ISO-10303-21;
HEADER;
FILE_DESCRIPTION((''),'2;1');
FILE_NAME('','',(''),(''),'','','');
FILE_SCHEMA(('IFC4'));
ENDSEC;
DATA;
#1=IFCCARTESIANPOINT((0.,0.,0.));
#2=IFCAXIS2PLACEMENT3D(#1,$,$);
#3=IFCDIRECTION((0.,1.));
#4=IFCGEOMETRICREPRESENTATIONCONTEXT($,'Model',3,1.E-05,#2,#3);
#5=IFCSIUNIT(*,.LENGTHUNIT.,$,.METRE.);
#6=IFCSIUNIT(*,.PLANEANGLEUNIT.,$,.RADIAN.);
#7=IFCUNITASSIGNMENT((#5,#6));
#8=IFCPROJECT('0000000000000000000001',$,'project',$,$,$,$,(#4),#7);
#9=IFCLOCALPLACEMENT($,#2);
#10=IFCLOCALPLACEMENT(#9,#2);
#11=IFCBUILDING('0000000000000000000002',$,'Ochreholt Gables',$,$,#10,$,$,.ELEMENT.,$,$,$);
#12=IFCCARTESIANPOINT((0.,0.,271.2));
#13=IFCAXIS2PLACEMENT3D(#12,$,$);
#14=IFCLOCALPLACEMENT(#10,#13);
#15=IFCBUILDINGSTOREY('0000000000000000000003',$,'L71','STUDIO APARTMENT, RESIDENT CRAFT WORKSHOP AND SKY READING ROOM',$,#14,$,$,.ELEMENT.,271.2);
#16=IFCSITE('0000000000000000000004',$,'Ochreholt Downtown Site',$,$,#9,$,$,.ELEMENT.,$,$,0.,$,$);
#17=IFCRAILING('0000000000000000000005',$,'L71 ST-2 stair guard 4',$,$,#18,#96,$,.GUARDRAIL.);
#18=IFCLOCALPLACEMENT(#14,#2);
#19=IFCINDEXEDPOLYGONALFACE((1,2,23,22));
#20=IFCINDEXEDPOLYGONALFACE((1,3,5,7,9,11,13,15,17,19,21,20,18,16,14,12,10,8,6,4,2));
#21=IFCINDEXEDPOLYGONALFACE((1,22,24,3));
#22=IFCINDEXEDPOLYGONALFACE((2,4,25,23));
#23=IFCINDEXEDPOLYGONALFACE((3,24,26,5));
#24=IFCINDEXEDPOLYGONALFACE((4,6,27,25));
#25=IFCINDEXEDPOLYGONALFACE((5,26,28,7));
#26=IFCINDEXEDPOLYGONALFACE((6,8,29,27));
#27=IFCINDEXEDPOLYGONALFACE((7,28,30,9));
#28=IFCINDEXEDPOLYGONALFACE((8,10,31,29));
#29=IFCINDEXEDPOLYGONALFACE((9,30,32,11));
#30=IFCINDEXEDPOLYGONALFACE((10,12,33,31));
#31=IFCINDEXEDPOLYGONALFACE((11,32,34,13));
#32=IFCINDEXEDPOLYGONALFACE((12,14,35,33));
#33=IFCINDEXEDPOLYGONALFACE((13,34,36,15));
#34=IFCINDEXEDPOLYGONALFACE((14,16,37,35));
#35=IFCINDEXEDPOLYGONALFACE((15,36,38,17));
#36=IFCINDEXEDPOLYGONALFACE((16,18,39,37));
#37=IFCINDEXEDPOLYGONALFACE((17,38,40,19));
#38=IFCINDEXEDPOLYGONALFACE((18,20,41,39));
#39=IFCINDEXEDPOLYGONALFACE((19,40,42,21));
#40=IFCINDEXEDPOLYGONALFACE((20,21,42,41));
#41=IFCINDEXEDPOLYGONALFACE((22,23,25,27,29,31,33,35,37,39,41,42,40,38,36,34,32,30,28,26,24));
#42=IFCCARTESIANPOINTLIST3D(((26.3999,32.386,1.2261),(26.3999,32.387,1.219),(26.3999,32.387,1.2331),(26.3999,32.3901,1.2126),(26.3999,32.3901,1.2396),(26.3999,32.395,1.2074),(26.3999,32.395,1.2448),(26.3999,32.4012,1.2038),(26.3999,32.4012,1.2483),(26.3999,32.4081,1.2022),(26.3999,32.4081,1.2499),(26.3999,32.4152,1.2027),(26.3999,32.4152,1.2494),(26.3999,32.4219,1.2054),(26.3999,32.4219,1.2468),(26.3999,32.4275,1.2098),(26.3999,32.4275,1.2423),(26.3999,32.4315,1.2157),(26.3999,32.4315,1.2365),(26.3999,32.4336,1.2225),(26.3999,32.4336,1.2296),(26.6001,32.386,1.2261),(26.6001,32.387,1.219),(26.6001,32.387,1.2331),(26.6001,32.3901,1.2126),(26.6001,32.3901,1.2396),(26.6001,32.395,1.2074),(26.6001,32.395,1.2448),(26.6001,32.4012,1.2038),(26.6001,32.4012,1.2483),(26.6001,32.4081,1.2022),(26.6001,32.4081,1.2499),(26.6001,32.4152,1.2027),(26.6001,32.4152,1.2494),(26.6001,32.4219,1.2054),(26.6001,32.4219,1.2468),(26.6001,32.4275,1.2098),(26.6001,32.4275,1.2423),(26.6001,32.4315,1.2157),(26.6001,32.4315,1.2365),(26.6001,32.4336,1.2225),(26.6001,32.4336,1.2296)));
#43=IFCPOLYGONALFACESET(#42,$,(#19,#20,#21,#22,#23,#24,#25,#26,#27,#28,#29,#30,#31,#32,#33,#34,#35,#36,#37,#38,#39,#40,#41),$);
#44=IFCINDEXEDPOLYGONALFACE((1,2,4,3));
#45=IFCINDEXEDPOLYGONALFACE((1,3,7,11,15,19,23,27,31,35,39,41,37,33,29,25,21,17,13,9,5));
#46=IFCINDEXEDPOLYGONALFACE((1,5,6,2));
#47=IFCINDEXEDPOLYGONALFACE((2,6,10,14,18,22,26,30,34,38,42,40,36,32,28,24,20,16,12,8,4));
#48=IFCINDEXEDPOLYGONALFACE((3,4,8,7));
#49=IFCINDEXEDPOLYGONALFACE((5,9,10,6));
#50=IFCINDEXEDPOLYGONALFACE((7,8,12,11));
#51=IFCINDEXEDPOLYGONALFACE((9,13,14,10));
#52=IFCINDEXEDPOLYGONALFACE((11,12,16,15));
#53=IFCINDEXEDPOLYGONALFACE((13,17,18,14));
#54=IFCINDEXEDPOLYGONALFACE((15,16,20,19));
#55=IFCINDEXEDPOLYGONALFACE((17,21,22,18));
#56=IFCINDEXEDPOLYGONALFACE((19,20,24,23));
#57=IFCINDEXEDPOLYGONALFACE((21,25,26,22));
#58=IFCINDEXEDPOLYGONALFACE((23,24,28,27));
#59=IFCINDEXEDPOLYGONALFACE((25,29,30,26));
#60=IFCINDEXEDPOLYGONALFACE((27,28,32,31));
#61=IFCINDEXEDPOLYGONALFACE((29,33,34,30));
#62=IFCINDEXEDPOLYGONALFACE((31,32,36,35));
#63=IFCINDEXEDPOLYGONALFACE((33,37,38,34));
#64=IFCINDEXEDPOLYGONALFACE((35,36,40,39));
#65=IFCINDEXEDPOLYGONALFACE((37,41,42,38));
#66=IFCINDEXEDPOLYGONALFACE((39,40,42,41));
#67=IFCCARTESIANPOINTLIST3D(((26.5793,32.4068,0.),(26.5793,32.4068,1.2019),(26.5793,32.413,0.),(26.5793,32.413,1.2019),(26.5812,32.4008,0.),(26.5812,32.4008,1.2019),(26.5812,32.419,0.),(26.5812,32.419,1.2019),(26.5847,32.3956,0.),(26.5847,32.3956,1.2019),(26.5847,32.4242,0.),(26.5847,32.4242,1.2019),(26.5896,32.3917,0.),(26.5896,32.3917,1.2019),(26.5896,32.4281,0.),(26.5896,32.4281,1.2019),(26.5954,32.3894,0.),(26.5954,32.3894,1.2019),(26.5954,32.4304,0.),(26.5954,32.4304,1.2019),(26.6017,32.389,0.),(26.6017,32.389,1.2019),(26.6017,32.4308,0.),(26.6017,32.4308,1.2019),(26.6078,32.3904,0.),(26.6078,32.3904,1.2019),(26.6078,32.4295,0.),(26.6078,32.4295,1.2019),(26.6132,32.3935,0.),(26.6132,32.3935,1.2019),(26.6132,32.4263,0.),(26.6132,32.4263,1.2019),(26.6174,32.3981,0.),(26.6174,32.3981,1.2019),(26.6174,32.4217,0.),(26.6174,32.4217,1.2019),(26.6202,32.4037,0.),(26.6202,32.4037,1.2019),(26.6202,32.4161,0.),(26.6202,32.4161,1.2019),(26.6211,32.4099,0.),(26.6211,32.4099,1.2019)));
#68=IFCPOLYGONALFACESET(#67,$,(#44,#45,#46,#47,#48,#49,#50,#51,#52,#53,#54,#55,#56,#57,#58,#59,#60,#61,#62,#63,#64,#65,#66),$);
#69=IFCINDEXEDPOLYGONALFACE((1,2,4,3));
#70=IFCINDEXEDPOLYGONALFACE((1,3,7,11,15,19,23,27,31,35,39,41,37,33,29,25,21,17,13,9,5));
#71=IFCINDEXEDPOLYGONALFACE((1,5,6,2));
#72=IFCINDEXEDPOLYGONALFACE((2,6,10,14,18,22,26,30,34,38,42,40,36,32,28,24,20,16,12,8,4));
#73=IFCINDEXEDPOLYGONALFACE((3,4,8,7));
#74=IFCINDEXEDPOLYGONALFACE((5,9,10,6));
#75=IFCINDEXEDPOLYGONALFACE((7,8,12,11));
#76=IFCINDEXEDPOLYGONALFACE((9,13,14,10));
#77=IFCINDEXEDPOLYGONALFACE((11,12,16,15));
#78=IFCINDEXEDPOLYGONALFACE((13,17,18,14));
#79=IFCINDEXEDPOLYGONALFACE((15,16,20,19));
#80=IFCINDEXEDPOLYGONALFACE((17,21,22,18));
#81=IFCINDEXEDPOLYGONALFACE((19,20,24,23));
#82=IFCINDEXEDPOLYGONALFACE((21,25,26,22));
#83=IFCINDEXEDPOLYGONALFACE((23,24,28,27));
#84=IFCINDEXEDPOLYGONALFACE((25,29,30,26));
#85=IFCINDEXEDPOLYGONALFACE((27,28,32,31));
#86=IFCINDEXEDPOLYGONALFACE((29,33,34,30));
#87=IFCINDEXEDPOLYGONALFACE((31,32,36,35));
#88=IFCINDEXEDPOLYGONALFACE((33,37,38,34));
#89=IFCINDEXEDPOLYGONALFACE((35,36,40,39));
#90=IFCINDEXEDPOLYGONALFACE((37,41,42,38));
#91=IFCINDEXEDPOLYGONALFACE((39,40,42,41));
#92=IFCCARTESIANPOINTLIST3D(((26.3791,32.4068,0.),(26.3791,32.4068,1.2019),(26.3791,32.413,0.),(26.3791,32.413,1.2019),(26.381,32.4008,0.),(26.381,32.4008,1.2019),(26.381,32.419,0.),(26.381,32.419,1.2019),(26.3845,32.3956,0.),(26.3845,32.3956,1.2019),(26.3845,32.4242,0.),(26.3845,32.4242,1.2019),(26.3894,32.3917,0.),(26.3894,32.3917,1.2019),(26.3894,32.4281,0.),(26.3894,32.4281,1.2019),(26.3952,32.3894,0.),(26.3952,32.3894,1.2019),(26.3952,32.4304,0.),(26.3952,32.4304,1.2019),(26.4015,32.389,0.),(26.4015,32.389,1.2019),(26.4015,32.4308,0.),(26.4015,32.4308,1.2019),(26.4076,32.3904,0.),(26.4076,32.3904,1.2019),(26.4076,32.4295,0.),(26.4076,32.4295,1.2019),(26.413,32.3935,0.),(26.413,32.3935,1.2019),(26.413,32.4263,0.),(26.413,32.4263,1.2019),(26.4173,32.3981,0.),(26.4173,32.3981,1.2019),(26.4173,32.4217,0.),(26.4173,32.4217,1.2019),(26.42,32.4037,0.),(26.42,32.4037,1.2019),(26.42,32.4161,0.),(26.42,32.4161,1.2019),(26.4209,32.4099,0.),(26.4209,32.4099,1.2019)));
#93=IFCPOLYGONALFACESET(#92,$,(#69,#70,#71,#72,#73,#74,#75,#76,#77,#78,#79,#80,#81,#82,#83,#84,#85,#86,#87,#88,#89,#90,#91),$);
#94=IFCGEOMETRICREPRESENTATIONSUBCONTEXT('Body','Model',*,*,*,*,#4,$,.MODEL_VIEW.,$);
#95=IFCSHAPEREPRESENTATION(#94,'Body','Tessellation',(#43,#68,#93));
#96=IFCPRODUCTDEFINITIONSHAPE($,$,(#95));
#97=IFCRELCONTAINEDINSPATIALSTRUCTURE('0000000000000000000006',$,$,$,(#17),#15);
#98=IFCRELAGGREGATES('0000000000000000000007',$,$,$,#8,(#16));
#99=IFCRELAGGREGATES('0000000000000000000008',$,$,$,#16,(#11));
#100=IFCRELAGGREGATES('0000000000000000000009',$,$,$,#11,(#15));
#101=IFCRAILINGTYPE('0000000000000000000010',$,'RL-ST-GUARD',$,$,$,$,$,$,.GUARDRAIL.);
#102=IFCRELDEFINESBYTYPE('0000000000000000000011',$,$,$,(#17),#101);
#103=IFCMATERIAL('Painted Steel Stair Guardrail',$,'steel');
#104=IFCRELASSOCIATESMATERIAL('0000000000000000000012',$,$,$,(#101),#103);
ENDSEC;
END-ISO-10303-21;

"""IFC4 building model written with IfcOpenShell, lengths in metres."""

from ifc_helpers import new_model, si_unit, direction, frame, origin, origin_2d, place, context, subcontext, project, spatial, circle, extrude, material, type_object, element, save


model = new_model("IFC4")

# Units and contexts
model_context = context("Model", 3, precision=1e-05, world=origin(), true_north=direction((0.0, 1.0)))
body_context = subcontext(model_context, "Body", "Model", "MODEL_VIEW")
ifc_project = project(units=[si_unit("LENGTHUNIT", "METRE"), si_unit("PLANEANGLEUNIT", "RADIAN")], contexts=[model_context])

# Site, building, storey
site_placement = place(None, origin())
site = spatial("IfcSite", under=ifc_project, at=site_placement, Name="Ochreholt Downtown Site", CompositionType="ELEMENT", RefElevation=0.0)
building_placement = place(site_placement, origin())
building = spatial("IfcBuilding", under=site, at=building_placement, Name="Ochreholt Gables", CompositionType="ELEMENT")
storey_placement = place(building_placement, frame((0.0, 0.0, 271.2)))
storey = spatial("IfcBuildingStorey", under=building, at=storey_placement, Name="L71", Description="STUDIO APARTMENT, RESIDENT CRAFT WORKSHOP AND SKY READING ROOM", CompositionType="ELEMENT", Elevation=271.2)

# Railing
ifc_material_1 = material(Name="Painted Steel Stair Guardrail", Category="steel")
railing_type_1 = type_object("IfcRailingType", Name="RL-ST-GUARD", PredefinedType="GUARDRAIL", material=ifc_material_1)
railing_1_placement = place(storey_placement, frame((26.6001, 32.4099, 0.0)))
element("IfcRailing", 1, at=railing_1_placement, inside=storey, type_object=railing_type_1, Name="L71 ST-2 stair guard 4", PredefinedType="GUARDRAIL", context=body_context, shape_type="SweptSolid", body=[
    extrude(circle(Radius=0.0239, at=origin_2d()), frame((0.0, 0.0, 1.2261), z_axis=(-1.0, 0.0, 0.0), x_axis=(0.0, -1.0, 0.0)), (0.0, 0.0, 1.0), 0.2002),
    extrude(circle(Radius=0.021, at=origin_2d()), origin(), (0.0, 0.0, 1.0), 1.2019),
    extrude(circle(Radius=0.021, at=origin_2d()), frame((-0.2002, 0.0, 0.0)), (0.0, 0.0, 1.0), 1.2019),
])

save(model, "model.ifc")
